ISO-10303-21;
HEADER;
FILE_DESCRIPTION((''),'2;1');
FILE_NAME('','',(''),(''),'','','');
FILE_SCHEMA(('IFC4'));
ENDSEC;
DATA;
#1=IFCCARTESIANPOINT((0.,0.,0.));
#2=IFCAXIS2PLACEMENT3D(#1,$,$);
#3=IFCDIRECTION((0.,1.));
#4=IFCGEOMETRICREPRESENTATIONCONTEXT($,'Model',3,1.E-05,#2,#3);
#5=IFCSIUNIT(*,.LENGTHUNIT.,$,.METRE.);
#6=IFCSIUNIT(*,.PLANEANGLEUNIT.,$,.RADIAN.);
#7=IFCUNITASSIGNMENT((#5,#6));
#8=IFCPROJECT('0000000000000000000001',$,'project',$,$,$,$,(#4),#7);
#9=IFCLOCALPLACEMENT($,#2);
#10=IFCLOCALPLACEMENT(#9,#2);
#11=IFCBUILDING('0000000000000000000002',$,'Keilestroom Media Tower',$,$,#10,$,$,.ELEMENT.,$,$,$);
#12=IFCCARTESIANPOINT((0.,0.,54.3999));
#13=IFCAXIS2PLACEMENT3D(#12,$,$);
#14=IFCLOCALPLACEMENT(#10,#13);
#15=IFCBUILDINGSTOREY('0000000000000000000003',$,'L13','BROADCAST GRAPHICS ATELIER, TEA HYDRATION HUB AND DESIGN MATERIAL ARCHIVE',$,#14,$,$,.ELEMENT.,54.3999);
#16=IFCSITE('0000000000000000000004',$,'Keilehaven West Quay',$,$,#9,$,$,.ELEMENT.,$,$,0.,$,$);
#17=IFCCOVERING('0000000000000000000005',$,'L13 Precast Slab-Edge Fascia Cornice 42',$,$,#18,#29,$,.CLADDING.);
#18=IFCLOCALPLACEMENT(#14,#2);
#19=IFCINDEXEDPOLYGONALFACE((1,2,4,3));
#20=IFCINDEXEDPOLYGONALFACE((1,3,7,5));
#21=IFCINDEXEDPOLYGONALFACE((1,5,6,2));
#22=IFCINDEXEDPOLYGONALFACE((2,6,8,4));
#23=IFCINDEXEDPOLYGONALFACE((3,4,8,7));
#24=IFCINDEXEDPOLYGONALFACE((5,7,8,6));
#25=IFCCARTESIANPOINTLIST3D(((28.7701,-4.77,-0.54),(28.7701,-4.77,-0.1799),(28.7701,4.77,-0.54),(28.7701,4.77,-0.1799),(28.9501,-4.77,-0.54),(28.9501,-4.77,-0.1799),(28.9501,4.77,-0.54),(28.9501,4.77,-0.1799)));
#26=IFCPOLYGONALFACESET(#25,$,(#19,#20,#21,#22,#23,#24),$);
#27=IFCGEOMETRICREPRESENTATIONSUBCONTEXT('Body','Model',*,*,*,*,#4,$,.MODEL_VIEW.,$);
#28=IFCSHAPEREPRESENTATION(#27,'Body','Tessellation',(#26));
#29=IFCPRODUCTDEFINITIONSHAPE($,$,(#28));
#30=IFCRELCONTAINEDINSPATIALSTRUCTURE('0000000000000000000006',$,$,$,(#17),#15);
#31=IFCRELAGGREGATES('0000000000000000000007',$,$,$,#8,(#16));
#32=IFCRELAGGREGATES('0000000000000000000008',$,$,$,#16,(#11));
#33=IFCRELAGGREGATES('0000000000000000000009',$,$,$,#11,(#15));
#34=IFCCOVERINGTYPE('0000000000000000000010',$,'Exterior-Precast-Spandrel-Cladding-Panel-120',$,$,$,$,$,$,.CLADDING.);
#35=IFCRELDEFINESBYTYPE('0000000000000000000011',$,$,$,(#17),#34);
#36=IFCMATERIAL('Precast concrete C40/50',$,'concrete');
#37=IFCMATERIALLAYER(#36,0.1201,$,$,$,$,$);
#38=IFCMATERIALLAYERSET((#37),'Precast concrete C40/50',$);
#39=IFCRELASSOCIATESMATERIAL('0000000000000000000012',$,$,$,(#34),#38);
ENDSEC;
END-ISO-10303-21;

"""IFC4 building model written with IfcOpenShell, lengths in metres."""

from ifc_helpers import new_model, si_unit, direction, frame, origin, origin_2d, place, context, subcontext, project, spatial, rectangle, extrude, source, transform, mapped, material, layer, layer_set, type_object, element, save


model = new_model("IFC4")

# Units and contexts
model_context = context("Model", 3, precision=1e-05, world=origin(), true_north=direction((0.0, 1.0)))
body_context = subcontext(model_context, "Body", "Model", "MODEL_VIEW")
ifc_project = project(units=[si_unit("LENGTHUNIT", "METRE"), si_unit("PLANEANGLEUNIT", "RADIAN")], contexts=[model_context])

# Site, building, storey
site_placement = place(None, origin())
site = spatial("IfcSite", under=ifc_project, at=site_placement, Name="Keilehaven West Quay", CompositionType="ELEMENT", RefElevation=0.0)
building_placement = place(site_placement, origin())
building = spatial("IfcBuilding", under=site, at=building_placement, Name="Keilestroom Media Tower", CompositionType="ELEMENT")
storey_placement = place(building_placement, frame((0.0, 0.0, 54.3999)))
storey = spatial("IfcBuildingStorey", under=building, at=storey_placement, Name="L13", Description="BROADCAST GRAPHICS ATELIER, TEA HYDRATION HUB AND DESIGN MATERIAL ARCHIVE", CompositionType="ELEMENT", Elevation=54.3999)

# Shared definitions
ifc_material_1 = material(Name="Precast concrete C40/50", Category="concrete")

# Covering
ifc_layer_1 = layer(ifc_material_1, 0.1201)
ifc_layer_set_1 = layer_set([ifc_layer_1], Name="Precast concrete C40/50")
covering_type = type_object("IfcCoveringType", Name="Exterior-Precast-Spandrel-Cladding-Panel-120", PredefinedType="CLADDING", material=ifc_layer_set_1)
shared_shape_1 = source(origin(), body_context, "Body", "SweptSolid", [
    extrude(rectangle(XDim=9.54, YDim=0.1799, at=origin_2d()), origin(), (0.0, 0.0, 1.0), 0.3601),
])
covering_placement = place(storey_placement, frame((28.8601, 0.0, -0.54), z_axis=(0.0, 0.0, 1.0), x_axis=(0.0, -1.0, 0.0)))
element("IfcCovering", 1, at=covering_placement, inside=storey, type_object=covering_type, Name="L13 Precast Slab-Edge Fascia Cornice 42", PredefinedType="CLADDING", context=body_context, shape_type="MappedRepresentation", body=[
    mapped(shared_shape_1, transform((0.0, 0.0, 0.0), x_axis=(1.0, 0.0, 0.0), y_axis=(0.0, 1.0, 0.0), z_axis=(0.0, 0.0, 1.0), scale=1.0)),
])

save(model, "model.ifc")
